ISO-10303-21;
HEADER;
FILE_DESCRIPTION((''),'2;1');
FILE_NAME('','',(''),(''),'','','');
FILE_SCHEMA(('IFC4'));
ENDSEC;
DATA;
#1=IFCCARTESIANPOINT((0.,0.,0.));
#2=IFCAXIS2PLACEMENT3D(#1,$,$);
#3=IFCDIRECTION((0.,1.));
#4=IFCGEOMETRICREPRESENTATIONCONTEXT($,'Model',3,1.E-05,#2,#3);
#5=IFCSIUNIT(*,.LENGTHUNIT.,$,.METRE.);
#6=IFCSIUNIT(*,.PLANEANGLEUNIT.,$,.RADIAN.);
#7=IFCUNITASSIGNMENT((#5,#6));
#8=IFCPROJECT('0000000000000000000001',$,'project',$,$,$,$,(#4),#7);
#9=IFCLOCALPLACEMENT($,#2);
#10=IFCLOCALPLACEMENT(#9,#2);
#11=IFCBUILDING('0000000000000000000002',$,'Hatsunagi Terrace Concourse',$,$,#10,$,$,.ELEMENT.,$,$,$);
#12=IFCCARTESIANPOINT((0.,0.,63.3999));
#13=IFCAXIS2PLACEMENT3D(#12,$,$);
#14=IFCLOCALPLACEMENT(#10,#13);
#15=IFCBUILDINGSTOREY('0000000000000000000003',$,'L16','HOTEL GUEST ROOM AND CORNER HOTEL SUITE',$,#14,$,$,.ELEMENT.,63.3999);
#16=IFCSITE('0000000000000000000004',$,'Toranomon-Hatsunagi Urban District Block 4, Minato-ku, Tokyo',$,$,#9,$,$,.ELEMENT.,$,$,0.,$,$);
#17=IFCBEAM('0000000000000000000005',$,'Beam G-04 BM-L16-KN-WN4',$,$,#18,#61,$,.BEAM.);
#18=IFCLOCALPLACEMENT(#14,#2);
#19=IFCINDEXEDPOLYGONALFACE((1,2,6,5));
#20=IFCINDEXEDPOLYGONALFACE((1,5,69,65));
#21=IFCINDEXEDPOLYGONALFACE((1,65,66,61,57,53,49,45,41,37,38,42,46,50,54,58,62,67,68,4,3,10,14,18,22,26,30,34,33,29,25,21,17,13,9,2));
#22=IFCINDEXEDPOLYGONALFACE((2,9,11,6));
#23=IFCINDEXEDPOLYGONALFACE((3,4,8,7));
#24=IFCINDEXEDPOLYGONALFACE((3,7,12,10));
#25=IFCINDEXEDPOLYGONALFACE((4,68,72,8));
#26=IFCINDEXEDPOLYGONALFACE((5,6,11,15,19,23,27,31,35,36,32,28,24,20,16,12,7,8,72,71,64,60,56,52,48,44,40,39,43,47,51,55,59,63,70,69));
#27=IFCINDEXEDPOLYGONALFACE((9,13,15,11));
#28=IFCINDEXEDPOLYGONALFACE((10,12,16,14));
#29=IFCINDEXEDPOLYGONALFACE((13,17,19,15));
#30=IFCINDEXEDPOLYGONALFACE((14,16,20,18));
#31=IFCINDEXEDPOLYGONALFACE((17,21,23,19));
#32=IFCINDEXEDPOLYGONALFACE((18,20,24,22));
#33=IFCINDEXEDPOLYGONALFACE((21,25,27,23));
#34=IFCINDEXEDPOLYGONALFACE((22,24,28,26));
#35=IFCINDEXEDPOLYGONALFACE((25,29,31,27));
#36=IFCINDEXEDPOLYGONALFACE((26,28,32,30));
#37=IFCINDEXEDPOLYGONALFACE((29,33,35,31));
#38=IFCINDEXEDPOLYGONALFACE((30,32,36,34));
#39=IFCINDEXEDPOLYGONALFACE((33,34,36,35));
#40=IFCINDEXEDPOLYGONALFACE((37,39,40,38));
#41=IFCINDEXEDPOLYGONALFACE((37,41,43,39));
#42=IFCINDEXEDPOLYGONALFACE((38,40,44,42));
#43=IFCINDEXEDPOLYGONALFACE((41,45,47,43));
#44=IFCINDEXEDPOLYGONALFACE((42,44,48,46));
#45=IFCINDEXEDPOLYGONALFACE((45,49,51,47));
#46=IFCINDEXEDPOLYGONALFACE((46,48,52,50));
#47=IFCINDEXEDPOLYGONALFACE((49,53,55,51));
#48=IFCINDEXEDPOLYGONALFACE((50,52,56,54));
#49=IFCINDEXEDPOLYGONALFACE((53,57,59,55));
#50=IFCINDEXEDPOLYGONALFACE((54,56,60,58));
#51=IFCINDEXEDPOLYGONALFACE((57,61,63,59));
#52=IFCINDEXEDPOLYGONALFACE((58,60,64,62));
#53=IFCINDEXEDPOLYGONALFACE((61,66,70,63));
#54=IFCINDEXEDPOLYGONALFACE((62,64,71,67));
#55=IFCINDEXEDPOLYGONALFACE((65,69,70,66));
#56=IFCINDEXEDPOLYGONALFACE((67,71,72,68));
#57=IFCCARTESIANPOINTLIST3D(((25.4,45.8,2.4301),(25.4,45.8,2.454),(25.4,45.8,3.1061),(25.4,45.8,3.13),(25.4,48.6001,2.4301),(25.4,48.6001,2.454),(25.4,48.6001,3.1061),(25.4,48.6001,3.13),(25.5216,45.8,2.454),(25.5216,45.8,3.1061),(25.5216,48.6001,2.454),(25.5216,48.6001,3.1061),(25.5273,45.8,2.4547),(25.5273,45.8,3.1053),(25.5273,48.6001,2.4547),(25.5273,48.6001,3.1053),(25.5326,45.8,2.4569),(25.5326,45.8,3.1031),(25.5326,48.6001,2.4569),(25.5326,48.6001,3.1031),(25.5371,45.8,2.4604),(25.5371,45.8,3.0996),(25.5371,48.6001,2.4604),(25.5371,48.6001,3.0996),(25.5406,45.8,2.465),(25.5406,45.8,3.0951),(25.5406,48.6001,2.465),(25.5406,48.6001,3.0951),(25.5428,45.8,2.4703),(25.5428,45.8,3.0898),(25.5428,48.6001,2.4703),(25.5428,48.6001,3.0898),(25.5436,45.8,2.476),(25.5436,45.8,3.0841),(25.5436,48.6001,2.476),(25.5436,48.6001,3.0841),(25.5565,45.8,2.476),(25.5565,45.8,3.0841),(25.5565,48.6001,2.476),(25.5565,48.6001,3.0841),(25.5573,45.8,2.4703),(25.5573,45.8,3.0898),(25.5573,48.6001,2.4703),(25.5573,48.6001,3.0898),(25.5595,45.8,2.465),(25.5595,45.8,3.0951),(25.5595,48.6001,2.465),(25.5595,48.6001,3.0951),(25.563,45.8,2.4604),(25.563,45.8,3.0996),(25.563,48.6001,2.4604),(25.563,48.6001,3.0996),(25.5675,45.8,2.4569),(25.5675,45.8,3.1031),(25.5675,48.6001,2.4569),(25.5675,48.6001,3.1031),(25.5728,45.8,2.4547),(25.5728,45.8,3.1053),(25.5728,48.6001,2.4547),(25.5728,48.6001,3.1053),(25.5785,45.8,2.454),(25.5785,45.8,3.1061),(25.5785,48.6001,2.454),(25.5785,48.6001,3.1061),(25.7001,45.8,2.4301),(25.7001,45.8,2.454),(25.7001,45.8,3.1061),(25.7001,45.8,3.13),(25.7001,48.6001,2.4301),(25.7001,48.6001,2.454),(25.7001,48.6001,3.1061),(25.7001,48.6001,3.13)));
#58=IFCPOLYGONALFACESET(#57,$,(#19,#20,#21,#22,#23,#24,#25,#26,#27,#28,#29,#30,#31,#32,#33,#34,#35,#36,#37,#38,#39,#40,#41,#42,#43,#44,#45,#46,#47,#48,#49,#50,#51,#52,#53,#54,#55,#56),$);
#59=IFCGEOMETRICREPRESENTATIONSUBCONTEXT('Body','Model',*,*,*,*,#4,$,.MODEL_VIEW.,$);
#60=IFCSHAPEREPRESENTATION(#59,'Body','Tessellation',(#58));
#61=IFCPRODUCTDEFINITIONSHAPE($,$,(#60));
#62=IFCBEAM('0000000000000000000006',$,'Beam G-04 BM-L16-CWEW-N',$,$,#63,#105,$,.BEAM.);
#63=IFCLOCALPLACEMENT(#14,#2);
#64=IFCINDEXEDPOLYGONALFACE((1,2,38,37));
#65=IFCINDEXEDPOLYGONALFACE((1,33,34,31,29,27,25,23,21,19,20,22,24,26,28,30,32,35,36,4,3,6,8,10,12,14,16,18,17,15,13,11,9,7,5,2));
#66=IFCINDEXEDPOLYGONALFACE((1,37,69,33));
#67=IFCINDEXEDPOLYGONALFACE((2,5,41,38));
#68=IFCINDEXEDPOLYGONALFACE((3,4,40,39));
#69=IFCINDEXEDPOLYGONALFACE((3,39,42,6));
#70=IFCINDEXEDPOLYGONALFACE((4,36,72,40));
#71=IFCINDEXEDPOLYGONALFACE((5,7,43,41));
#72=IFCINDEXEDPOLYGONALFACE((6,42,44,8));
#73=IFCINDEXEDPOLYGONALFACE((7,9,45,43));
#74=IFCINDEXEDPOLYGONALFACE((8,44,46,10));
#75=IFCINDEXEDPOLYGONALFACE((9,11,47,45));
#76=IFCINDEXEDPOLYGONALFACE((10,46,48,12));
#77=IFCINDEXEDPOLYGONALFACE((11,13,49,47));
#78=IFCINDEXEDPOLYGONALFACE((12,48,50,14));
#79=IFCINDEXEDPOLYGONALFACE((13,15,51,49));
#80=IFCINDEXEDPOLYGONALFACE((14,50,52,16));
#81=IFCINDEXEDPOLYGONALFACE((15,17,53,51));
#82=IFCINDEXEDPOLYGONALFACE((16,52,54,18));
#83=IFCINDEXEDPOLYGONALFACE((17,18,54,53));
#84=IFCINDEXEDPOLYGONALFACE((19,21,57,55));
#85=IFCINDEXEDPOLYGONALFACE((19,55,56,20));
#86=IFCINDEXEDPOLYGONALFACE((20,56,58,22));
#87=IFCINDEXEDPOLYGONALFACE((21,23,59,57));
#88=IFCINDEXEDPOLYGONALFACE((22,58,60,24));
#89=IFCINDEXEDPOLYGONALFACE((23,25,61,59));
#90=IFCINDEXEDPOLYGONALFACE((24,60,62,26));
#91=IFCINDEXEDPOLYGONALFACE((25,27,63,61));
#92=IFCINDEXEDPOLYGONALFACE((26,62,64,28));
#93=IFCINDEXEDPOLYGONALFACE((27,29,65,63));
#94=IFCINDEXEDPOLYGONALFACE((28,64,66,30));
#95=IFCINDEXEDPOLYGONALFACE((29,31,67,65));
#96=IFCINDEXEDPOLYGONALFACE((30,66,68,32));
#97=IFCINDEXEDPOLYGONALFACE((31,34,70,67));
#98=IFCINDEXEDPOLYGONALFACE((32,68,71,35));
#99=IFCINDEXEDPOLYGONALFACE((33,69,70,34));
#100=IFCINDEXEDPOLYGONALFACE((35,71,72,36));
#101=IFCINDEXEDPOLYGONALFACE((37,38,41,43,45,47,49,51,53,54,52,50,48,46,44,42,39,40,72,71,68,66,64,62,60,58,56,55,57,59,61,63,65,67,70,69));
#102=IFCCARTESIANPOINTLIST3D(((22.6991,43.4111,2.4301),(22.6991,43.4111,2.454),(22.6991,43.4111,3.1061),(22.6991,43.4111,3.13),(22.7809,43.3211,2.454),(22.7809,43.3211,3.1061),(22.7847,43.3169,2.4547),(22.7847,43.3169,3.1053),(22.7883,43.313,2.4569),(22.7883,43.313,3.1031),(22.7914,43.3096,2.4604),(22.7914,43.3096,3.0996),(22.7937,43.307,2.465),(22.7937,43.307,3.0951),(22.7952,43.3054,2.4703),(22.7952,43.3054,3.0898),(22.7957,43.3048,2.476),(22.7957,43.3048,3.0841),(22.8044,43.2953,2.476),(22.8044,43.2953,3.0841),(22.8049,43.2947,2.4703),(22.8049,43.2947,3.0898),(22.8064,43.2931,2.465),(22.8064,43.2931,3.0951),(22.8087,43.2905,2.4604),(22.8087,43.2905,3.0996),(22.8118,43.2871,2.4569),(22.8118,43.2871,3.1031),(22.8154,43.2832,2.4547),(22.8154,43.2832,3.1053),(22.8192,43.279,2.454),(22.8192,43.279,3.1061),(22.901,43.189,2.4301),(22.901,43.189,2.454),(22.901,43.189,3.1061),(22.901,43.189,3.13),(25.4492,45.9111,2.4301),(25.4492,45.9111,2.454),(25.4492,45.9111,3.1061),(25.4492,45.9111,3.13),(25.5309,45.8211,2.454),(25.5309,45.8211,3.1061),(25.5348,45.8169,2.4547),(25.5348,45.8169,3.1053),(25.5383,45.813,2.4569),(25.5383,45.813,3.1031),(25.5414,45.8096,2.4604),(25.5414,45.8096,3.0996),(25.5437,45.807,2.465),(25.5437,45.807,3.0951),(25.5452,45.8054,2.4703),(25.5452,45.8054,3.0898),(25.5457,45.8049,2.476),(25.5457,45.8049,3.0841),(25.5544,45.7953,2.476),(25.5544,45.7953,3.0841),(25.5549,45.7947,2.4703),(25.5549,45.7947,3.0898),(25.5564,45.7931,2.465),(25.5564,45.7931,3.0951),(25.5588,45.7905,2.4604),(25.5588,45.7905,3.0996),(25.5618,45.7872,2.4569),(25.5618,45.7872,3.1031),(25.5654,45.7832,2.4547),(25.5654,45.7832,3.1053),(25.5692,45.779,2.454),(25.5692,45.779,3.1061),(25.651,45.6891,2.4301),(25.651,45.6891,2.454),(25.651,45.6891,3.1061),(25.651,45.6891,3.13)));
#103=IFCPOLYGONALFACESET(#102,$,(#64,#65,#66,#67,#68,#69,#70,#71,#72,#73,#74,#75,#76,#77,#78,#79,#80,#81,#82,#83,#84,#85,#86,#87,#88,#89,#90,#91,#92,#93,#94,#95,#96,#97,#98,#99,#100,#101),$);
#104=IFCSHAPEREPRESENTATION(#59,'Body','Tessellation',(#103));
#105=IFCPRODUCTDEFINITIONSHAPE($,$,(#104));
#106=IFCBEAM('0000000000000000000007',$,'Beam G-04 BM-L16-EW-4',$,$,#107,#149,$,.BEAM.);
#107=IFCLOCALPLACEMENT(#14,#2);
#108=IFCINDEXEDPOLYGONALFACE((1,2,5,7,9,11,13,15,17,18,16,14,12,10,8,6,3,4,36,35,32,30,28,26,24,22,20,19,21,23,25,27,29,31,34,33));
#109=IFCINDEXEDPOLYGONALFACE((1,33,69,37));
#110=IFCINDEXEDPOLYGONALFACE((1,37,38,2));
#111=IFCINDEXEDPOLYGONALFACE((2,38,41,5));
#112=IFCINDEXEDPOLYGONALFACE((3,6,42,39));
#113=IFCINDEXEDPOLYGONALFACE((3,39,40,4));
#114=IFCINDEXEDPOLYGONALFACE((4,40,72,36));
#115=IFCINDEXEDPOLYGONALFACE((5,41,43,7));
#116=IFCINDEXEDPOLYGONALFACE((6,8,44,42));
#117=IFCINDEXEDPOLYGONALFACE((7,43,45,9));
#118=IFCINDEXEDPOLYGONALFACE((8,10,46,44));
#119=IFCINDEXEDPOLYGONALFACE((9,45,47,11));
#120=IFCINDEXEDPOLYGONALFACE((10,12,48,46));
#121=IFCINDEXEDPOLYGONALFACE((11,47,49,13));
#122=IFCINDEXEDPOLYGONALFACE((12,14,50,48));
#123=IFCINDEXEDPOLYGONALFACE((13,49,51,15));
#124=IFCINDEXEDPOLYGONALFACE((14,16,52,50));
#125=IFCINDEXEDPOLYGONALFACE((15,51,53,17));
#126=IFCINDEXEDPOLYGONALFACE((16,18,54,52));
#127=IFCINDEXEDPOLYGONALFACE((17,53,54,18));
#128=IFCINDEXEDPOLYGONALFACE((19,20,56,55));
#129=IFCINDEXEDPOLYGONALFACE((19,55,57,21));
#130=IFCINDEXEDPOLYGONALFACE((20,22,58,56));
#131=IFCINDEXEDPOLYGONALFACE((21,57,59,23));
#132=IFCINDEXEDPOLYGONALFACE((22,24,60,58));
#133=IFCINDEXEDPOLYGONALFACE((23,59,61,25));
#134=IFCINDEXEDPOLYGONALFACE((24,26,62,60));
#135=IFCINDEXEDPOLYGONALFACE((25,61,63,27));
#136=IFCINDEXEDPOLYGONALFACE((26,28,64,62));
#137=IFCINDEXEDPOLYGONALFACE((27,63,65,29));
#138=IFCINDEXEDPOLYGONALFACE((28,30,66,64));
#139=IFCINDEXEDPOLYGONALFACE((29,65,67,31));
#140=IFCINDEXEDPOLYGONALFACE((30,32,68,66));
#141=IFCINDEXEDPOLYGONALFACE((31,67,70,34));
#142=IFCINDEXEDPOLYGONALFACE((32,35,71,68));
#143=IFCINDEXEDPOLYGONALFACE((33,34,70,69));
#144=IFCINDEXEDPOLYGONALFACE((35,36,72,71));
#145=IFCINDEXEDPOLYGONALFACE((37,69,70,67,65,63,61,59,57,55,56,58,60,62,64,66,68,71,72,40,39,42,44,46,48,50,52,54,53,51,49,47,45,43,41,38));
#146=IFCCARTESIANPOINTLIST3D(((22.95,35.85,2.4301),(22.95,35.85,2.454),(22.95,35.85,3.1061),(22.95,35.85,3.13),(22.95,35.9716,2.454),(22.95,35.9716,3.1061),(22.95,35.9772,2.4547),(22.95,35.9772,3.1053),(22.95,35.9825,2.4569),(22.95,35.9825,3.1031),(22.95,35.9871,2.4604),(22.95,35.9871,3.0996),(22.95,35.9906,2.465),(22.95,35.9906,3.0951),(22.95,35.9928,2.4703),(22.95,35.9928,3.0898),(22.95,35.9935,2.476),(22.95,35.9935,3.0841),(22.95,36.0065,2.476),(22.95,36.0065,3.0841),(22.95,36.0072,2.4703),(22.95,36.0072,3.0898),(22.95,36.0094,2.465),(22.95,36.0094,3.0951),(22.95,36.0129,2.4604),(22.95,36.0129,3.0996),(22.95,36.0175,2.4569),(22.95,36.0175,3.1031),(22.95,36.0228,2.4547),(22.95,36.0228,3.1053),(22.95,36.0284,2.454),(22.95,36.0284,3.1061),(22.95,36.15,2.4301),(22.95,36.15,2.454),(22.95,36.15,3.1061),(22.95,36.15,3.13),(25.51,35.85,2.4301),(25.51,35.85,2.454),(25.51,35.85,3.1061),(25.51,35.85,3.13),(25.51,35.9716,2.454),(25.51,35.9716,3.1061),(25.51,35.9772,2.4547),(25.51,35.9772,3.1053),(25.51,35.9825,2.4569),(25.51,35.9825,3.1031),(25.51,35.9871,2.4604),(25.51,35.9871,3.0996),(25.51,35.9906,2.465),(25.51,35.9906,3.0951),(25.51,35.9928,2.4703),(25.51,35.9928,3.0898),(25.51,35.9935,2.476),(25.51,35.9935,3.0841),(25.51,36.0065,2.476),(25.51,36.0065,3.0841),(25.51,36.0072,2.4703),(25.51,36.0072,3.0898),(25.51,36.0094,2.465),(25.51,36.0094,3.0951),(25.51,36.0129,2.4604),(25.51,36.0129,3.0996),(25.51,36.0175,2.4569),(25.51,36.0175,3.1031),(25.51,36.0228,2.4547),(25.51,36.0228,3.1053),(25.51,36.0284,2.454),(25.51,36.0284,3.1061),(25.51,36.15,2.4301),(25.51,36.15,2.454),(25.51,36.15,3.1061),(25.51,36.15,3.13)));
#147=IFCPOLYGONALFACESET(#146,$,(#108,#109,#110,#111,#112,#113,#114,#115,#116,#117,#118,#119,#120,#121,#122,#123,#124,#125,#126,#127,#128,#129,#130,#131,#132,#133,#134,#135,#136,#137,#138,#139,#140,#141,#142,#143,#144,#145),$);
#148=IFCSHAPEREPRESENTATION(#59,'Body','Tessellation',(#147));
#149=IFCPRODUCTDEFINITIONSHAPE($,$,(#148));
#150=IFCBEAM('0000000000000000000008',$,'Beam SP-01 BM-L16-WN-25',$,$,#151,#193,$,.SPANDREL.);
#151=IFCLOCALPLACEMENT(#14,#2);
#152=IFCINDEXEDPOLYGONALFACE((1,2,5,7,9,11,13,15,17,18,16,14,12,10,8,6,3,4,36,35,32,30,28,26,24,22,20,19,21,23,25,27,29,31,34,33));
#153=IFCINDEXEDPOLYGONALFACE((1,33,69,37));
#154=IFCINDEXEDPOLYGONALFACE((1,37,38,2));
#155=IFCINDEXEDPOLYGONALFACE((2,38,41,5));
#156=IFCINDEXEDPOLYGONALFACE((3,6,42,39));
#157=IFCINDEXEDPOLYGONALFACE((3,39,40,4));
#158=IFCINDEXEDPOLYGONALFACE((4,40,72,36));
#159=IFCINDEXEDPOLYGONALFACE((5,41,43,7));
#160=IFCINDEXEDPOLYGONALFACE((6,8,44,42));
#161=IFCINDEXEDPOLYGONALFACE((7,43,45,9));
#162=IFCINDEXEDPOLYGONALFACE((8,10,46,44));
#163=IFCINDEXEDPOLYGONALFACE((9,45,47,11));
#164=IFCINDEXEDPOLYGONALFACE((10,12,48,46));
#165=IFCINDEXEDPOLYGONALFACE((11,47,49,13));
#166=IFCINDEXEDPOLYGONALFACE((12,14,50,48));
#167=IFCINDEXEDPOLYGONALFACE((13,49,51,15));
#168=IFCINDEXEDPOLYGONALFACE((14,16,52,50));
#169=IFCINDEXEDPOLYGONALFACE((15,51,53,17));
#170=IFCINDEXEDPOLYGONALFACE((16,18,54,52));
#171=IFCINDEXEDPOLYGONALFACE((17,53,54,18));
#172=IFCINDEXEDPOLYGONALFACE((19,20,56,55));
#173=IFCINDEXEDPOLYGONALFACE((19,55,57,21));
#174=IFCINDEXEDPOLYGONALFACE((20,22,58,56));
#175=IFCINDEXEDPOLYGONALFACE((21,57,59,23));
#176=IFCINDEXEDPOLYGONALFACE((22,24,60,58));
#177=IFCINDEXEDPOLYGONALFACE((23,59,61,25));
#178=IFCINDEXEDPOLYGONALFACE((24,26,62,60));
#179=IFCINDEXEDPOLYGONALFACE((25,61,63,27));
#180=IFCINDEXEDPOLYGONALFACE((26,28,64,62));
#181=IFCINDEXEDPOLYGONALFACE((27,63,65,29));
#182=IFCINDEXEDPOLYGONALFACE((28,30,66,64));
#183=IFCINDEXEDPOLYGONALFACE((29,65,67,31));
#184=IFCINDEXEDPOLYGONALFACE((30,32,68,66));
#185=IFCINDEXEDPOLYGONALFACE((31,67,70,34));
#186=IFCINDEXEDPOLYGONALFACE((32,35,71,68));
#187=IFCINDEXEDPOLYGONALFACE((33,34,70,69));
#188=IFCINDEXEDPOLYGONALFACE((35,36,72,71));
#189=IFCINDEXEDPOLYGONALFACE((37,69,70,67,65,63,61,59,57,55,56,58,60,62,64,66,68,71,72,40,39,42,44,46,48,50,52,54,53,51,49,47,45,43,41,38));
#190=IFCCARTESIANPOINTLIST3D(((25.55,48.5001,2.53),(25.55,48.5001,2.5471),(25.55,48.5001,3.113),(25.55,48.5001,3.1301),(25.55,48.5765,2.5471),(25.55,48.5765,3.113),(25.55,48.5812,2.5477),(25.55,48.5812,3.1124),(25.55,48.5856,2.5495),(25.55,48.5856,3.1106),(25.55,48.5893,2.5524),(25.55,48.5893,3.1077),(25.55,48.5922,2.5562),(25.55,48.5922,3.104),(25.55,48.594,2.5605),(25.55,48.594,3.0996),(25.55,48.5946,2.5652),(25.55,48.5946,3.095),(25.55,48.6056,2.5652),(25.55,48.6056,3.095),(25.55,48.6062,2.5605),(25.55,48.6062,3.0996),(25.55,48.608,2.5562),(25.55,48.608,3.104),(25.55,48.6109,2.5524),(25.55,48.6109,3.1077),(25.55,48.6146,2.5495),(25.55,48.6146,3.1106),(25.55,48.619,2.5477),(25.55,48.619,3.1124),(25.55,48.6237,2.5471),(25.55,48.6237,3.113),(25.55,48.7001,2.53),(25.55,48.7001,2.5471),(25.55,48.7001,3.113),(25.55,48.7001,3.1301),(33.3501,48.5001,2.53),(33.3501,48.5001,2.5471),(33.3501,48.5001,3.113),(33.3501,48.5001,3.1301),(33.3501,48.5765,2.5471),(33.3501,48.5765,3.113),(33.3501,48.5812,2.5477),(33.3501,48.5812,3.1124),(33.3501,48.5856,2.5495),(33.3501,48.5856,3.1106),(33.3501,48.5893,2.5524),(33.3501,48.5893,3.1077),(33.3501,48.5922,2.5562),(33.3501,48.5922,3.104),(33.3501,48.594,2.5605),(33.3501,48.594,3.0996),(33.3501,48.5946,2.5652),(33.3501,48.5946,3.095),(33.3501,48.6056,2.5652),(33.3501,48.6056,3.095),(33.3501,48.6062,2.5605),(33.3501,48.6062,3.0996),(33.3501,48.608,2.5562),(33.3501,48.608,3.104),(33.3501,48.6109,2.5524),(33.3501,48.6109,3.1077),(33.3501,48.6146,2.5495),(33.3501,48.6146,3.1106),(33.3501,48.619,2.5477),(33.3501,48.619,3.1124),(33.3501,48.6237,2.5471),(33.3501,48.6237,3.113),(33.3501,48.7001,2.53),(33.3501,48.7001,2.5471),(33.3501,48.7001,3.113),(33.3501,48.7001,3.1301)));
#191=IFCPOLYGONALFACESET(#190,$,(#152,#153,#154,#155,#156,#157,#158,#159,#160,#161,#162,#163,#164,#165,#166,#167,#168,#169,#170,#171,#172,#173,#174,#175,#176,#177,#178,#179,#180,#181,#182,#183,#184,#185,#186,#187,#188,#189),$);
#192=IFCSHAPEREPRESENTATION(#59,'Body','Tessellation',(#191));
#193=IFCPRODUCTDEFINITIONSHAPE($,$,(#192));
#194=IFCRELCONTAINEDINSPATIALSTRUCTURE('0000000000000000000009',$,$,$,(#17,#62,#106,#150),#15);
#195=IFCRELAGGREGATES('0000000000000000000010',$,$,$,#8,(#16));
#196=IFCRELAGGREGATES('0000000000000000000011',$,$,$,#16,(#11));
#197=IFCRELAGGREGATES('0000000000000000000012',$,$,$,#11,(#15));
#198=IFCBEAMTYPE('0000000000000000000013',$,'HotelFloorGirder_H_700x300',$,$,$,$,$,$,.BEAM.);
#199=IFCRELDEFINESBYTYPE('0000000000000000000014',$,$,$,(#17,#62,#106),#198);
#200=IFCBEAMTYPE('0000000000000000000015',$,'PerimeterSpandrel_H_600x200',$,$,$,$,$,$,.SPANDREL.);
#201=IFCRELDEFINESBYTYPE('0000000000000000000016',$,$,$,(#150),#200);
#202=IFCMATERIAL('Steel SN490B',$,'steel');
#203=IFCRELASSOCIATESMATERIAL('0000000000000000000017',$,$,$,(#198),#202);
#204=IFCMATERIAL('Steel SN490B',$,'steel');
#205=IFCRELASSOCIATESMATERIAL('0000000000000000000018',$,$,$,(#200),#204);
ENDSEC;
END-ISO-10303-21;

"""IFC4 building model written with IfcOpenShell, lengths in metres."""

from ifc_helpers import new_model, si_unit, direction, frame, origin, origin_2d, place, context, subcontext, project, spatial, i_section, extrude, material, material_profile, profile_set, type_object, element, save


model = new_model("IFC4")

# Units and contexts
model_context = context("Model", 3, precision=1e-05, world=origin(), true_north=direction((0.0, 1.0)))
body_context = subcontext(model_context, "Body", "Model", "MODEL_VIEW")
ifc_project = project(units=[si_unit("LENGTHUNIT", "METRE"), si_unit("PLANEANGLEUNIT", "RADIAN")], contexts=[model_context])

# Site, building, storey
site_placement = place(None, origin())
site = spatial("IfcSite", under=ifc_project, at=site_placement, Name="Toranomon-Hatsunagi Urban District Block 4, Minato-ku, Tokyo", CompositionType="ELEMENT", RefElevation=0.0)
building_placement = place(site_placement, origin())
building = spatial("IfcBuilding", under=site, at=building_placement, Name="Hatsunagi Terrace Concourse", CompositionType="ELEMENT")
storey_placement = place(building_placement, frame((0.0, 0.0, 63.3999)))
storey = spatial("IfcBuildingStorey", under=building, at=storey_placement, Name="L16", Description="HOTEL GUEST ROOM AND CORNER HOTEL SUITE", CompositionType="ELEMENT", Elevation=63.3999)

# Beams
ifc_material_1 = material(Name="Steel SN490B", Category="steel")
ifc_material_profile_1 = material_profile(ifc_material_1, i_section(OverallWidth=0.3, OverallDepth=0.7, WebThickness=0.0129, FlangeThickness=0.0239, FilletRadius=0.022, at=origin_2d()), Name="H-700x300x13x24")
ifc_profile_set_1 = profile_set([ifc_material_profile_1], Name="Steel SN490B")
beam_type_1 = type_object("IfcBeamType", Name="HotelFloorGirder_H_700x300", PredefinedType="BEAM", material=ifc_profile_set_1)
beam_1_placement = place(storey_placement, frame((25.55, 45.8, 2.78), z_axis=(0.0, 1.0, 0.0), x_axis=(-1.0, 0.0, 0.0)))
element("IfcBeam", 1, at=beam_1_placement, inside=storey, type_object=beam_type_1, Name="Beam G-04 BM-L16-KN-WN4", PredefinedType="BEAM", context=body_context, shape_type="SweptSolid", body=[
    extrude(i_section(OverallWidth=0.3, OverallDepth=0.7, WebThickness=0.0129, FlangeThickness=0.0239, FilletRadius=0.022, at=origin_2d()), origin(), (0.0, 0.0, 1.0), 2.8),
])
beam_2_placement = place(storey_placement, frame((22.8, 43.3, 2.78), z_axis=(0.73994, 0.672673, 0.0), x_axis=(-0.672673, 0.73994, 0.0)))
element("IfcBeam", 2, at=beam_2_placement, inside=storey, type_object=beam_type_1, Name="Beam G-04 BM-L16-CWEW-N", PredefinedType="BEAM", context=body_context, shape_type="SweptSolid", body=[
    extrude(i_section(OverallWidth=0.3, OverallDepth=0.7, WebThickness=0.0129, FlangeThickness=0.0239, FilletRadius=0.022, at=origin_2d()), origin(), (0.0, 0.0, 1.0), 3.7166),
])
beam_3_placement = place(storey_placement, frame((22.95, 36.0, 2.78), z_axis=(1.0, 0.0, 0.0), x_axis=(0.0, 1.0, 0.0)))
element("IfcBeam", 3, at=beam_3_placement, inside=storey, type_object=beam_type_1, Name="Beam G-04 BM-L16-EW-4", PredefinedType="BEAM", context=body_context, shape_type="SweptSolid", body=[
    extrude(i_section(OverallWidth=0.3, OverallDepth=0.7, WebThickness=0.0129, FlangeThickness=0.0239, FilletRadius=0.022, at=origin_2d()), origin(), (0.0, 0.0, 1.0), 2.5601),
])
ifc_material_2 = material(Name="Steel SN490B", Category="steel")
ifc_material_profile_2 = material_profile(ifc_material_2, i_section(OverallWidth=0.2, OverallDepth=0.6001, WebThickness=0.011, FlangeThickness=0.0171, FilletRadius=0.0181, at=origin_2d()), Name="H-600x200x11x17")
ifc_profile_set_2 = profile_set([ifc_material_profile_2], Name="Steel SN490B")
beam_type_2 = type_object("IfcBeamType", Name="PerimeterSpandrel_H_600x200", PredefinedType="SPANDREL", material=ifc_profile_set_2)
beam_4_placement = place(storey_placement, frame((25.55, 48.6001, 2.8301), z_axis=(1.0, 0.0, 0.0), x_axis=(0.0, 1.0, 0.0)))
element("IfcBeam", 4, at=beam_4_placement, inside=storey, type_object=beam_type_2, Name="Beam SP-01 BM-L16-WN-25", PredefinedType="SPANDREL", context=body_context, shape_type="SweptSolid", body=[
    extrude(i_section(OverallWidth=0.2, OverallDepth=0.6001, WebThickness=0.011, FlangeThickness=0.0171, FilletRadius=0.0181, at=origin_2d()), origin(), (0.0, 0.0, 1.0), 7.8),
])

save(model, "model.ifc")
